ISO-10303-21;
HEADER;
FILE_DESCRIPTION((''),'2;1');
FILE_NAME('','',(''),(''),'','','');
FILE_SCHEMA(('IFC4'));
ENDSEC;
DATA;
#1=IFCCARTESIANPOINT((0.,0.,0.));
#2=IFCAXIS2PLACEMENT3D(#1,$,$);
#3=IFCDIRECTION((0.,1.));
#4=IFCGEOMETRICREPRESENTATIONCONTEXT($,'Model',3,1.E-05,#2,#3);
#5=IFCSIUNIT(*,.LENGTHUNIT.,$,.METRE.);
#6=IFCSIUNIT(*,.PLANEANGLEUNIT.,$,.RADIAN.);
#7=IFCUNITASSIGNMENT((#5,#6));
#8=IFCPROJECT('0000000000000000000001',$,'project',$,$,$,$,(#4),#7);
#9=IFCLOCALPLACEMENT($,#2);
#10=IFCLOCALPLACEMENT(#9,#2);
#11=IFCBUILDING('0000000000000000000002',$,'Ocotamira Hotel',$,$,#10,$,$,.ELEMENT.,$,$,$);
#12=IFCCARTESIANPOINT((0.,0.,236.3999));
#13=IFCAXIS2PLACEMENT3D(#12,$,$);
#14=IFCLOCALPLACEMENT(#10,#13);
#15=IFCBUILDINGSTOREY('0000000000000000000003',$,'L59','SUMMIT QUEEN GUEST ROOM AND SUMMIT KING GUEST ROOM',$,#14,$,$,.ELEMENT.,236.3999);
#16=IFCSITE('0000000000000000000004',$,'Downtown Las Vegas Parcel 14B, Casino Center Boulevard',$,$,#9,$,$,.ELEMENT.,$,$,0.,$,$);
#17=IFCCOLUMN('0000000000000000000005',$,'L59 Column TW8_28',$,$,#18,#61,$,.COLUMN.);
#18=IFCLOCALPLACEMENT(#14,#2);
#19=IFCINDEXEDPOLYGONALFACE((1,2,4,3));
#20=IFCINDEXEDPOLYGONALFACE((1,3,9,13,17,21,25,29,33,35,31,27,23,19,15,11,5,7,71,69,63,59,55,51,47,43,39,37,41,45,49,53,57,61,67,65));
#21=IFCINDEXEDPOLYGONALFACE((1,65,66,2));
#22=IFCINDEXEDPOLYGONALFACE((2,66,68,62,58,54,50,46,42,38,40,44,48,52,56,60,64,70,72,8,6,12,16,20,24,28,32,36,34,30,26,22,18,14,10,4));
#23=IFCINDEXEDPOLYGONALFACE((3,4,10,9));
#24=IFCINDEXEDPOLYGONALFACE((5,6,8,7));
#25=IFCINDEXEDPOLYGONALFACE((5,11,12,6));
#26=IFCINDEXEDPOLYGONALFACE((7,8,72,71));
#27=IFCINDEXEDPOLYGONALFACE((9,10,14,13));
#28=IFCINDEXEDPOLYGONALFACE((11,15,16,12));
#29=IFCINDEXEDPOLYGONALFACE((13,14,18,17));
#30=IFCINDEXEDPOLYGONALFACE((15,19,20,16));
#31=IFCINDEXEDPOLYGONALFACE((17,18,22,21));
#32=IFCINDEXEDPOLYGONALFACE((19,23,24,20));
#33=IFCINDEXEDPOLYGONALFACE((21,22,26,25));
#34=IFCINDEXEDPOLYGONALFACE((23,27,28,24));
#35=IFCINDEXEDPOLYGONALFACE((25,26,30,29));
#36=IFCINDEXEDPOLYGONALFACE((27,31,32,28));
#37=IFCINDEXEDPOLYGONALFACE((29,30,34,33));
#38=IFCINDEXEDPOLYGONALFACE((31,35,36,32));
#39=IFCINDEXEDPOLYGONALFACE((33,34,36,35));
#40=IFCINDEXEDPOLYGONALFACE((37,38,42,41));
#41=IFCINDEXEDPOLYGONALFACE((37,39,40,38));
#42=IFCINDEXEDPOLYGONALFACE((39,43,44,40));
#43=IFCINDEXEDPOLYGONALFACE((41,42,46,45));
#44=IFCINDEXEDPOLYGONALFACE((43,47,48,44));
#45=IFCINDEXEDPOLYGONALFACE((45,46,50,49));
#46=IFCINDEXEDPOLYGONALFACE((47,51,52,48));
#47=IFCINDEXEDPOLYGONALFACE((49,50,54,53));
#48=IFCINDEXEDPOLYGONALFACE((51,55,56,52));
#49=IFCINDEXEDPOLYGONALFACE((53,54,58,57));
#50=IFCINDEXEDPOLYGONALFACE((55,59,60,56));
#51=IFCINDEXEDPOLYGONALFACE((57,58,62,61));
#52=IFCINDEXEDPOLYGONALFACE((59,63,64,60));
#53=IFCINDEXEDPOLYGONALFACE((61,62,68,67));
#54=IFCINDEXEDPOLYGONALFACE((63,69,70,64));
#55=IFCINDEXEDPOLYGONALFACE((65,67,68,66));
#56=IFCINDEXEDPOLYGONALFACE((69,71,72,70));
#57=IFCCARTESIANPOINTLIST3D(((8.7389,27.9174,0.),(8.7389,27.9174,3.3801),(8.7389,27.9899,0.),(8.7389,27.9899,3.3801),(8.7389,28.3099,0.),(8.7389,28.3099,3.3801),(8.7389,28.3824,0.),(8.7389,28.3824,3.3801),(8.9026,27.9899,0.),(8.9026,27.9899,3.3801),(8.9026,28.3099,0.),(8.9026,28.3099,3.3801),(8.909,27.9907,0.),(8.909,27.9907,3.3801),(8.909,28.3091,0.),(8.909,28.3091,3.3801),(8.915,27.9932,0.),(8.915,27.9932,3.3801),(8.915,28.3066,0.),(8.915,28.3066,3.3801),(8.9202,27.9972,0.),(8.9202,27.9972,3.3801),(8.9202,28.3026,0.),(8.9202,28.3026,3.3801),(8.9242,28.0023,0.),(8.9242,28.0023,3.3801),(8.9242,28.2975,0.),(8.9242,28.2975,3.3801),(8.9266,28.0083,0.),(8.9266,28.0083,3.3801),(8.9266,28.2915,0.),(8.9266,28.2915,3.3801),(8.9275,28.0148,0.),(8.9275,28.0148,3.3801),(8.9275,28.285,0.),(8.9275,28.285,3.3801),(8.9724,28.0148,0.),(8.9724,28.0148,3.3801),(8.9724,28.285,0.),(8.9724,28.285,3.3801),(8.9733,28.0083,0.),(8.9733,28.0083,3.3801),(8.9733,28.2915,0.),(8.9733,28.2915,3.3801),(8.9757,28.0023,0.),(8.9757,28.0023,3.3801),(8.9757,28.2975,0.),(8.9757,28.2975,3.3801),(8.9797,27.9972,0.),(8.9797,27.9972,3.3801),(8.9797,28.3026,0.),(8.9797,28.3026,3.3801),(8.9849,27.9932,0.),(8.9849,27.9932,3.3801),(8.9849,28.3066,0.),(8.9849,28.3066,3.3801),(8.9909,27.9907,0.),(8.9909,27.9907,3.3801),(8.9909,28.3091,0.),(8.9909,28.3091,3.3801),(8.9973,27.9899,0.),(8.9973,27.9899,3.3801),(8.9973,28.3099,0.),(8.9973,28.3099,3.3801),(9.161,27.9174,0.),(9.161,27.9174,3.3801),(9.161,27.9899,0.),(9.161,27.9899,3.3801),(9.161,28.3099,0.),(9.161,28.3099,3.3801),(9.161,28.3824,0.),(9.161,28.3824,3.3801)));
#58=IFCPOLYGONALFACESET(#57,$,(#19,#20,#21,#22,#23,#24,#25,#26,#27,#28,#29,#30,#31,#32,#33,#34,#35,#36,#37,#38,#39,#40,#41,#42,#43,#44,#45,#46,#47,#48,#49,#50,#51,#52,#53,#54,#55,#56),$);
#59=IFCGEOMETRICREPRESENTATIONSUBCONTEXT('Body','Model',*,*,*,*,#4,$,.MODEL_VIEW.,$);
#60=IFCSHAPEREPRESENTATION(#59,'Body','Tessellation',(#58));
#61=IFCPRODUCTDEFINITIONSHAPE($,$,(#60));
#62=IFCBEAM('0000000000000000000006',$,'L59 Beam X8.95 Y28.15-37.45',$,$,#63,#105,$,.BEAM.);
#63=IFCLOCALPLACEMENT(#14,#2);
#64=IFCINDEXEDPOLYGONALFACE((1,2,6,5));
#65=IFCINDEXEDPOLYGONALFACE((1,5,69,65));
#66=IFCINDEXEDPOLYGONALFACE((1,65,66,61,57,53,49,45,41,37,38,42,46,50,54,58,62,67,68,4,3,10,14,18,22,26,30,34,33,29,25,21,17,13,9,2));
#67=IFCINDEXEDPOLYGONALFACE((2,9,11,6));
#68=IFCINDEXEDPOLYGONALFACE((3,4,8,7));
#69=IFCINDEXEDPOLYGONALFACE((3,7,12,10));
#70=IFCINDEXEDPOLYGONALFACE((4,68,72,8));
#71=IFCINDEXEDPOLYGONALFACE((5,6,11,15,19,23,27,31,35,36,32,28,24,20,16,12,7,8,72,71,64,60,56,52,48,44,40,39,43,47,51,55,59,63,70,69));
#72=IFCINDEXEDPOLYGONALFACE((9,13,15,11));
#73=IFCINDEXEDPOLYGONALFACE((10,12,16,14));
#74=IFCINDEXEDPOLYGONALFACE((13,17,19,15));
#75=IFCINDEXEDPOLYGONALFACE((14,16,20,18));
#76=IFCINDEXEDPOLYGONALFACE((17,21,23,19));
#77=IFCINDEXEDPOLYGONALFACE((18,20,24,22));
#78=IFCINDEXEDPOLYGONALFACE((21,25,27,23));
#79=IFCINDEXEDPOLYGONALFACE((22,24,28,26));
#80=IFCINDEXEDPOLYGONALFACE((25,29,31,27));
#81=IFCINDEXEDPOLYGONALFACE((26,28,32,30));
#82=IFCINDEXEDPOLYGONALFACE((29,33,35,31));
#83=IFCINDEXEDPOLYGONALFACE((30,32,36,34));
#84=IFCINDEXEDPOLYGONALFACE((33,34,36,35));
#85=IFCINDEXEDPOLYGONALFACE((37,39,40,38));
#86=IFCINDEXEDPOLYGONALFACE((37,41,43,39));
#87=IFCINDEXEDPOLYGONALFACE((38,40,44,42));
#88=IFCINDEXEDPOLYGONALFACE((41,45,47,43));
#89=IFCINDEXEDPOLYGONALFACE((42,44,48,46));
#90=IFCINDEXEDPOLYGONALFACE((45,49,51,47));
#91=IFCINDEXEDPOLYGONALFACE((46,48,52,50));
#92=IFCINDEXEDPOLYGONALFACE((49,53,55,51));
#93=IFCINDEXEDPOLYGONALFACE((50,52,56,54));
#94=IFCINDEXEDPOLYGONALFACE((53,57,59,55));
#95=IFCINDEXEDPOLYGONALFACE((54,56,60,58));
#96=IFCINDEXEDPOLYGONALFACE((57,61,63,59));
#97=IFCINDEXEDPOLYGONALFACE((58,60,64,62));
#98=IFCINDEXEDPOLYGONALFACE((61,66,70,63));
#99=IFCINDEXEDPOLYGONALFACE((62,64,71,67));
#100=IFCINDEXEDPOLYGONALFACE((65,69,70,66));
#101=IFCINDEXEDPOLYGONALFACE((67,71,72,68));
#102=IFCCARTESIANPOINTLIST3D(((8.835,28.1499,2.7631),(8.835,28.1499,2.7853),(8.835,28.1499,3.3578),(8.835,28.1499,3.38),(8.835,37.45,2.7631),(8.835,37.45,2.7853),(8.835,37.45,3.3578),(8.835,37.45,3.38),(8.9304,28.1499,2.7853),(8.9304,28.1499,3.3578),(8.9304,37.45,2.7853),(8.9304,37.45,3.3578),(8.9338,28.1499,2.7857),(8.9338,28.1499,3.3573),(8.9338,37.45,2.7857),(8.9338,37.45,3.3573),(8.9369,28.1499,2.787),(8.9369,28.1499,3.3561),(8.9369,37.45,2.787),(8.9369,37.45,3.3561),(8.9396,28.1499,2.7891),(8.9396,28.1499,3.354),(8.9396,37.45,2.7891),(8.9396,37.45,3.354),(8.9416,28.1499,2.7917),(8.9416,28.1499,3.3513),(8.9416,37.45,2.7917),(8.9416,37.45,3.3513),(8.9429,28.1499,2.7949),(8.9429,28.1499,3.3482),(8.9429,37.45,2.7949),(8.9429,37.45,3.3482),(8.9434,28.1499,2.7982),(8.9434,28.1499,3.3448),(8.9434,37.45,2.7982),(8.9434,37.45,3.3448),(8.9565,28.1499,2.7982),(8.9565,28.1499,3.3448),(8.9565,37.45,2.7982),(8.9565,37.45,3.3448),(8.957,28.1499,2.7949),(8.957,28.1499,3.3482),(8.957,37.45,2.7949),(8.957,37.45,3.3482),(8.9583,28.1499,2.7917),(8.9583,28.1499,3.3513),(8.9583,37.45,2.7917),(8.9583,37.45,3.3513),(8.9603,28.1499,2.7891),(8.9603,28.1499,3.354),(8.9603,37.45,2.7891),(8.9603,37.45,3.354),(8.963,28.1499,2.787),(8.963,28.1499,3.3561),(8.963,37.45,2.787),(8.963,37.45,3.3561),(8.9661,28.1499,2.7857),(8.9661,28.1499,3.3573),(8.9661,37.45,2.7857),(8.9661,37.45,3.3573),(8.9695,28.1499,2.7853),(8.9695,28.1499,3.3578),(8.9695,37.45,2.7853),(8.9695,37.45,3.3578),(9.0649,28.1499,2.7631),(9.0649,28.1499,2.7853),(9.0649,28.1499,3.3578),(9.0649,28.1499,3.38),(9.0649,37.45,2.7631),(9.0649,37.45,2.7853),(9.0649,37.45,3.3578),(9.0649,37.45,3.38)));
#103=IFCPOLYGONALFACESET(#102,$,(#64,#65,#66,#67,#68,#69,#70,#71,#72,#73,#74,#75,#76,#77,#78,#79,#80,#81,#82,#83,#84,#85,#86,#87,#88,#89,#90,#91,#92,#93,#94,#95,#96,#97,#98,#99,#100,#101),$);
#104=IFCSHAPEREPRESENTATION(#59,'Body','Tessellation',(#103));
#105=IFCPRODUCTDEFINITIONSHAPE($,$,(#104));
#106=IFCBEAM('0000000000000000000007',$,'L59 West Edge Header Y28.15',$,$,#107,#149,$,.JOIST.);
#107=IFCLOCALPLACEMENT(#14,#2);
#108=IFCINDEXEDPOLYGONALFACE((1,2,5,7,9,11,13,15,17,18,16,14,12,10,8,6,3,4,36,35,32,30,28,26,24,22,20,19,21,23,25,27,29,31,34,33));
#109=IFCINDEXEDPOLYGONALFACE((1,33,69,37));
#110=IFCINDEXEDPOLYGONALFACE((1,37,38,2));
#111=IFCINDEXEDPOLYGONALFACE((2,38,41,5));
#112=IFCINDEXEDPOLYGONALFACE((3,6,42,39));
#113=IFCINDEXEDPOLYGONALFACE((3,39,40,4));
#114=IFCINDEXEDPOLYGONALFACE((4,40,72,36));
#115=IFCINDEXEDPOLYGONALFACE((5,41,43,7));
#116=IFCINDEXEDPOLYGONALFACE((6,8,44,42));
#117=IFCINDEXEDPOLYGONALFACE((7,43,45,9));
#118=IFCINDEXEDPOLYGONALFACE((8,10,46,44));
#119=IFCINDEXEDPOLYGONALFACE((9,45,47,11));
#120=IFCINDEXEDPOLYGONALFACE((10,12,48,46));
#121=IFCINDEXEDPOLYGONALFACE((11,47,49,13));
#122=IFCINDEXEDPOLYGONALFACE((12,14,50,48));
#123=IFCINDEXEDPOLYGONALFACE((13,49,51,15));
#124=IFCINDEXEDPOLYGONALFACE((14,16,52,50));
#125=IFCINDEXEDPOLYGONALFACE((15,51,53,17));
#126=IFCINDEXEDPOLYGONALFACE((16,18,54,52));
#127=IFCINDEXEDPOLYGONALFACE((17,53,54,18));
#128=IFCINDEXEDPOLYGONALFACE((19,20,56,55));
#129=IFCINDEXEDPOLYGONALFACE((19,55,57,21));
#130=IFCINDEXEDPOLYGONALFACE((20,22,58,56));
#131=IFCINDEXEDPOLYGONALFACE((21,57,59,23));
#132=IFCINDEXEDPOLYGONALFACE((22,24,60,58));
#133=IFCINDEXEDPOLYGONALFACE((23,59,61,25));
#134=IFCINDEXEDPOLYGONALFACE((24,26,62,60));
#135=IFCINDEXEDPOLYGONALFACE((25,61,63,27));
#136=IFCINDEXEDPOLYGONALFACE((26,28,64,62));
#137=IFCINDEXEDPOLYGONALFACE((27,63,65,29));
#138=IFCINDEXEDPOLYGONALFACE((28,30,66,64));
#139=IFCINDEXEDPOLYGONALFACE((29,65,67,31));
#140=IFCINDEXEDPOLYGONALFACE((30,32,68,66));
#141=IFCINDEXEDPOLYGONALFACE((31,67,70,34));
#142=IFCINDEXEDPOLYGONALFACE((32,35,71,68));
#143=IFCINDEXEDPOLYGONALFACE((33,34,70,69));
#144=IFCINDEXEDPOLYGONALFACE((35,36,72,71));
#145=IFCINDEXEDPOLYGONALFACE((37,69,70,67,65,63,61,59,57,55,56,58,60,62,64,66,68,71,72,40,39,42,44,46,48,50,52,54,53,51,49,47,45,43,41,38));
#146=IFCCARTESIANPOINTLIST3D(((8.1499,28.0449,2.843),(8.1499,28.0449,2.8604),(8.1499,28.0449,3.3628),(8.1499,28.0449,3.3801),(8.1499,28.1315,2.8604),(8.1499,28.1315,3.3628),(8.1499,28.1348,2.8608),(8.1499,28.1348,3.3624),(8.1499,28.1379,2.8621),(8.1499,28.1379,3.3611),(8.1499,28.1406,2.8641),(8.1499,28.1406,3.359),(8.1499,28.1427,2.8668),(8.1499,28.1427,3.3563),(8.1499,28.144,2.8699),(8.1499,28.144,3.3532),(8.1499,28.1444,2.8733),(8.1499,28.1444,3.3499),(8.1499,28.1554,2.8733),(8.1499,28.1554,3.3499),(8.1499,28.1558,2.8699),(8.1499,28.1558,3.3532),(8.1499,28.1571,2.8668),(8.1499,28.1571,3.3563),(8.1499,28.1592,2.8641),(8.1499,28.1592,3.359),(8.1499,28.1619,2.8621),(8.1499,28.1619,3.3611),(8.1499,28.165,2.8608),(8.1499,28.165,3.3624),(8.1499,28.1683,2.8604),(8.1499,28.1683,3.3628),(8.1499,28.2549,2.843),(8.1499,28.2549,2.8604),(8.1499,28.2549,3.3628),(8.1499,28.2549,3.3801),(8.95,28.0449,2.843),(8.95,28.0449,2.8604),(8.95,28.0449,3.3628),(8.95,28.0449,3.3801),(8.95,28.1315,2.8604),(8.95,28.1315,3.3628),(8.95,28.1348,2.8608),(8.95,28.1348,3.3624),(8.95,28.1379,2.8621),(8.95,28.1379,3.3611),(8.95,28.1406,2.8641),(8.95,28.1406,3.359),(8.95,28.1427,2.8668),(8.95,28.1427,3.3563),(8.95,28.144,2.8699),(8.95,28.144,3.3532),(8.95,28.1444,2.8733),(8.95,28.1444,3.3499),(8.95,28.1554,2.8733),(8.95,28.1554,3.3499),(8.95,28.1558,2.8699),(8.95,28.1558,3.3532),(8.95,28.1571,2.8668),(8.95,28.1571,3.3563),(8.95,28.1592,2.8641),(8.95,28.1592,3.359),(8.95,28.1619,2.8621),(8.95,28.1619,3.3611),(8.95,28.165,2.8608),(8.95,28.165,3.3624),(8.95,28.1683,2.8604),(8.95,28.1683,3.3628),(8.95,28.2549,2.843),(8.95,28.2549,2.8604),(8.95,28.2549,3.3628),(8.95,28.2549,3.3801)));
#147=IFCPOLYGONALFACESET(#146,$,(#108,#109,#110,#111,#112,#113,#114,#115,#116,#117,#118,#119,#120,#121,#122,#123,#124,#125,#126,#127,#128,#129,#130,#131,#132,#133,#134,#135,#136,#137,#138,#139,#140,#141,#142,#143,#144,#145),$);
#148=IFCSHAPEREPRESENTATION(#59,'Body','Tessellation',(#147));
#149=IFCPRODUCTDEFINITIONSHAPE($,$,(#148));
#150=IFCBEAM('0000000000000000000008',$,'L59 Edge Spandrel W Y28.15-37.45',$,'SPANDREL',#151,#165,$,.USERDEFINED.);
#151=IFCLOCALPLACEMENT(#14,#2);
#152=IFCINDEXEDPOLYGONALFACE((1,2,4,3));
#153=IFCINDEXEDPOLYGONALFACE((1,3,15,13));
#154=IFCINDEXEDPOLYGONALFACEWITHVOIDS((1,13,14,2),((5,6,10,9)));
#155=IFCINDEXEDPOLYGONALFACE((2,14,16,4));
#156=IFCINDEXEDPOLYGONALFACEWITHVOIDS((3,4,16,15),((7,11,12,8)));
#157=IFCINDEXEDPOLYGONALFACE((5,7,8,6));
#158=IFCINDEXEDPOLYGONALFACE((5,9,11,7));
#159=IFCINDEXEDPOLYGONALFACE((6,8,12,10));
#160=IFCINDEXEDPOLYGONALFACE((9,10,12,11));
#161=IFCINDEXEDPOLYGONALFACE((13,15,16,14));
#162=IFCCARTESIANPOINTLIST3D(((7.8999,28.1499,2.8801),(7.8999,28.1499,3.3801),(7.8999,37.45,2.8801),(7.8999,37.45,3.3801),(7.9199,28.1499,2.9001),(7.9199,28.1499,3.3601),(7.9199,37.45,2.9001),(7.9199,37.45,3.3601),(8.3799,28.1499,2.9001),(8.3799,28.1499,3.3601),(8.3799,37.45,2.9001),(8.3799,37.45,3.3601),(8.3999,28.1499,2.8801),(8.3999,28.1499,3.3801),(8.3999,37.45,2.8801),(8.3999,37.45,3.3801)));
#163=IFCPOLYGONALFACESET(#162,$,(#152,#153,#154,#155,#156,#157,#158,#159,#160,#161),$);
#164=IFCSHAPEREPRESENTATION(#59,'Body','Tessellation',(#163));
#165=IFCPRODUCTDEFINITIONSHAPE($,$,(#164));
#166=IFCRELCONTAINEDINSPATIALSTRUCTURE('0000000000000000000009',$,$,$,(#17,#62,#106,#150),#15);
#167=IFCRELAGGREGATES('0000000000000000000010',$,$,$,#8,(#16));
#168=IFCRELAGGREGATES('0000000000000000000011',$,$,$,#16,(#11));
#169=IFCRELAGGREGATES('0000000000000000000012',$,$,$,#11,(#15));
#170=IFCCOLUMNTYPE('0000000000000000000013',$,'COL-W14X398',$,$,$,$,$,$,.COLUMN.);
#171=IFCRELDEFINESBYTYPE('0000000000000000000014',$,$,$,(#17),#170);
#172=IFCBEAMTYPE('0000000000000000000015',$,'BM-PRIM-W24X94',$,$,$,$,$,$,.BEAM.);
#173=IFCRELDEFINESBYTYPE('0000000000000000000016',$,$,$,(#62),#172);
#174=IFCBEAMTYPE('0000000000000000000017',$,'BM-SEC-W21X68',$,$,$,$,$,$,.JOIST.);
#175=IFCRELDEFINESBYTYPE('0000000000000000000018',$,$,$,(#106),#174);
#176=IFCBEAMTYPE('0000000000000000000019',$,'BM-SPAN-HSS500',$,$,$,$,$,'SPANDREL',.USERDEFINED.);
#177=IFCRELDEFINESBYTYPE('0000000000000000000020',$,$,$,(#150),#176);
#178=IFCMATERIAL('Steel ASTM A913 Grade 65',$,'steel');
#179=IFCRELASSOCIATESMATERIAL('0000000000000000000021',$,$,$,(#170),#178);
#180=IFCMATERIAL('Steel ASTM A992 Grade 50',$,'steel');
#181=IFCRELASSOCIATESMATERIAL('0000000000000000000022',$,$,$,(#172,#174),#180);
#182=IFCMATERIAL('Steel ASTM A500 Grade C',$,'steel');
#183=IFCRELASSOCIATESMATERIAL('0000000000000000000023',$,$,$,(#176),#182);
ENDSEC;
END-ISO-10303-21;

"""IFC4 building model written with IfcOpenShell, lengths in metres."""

from ifc_helpers import new_model, si_unit, direction, frame, origin, origin_2d, place, context, subcontext, project, spatial, hollow_rectangle, i_section, extrude, source, transform, mapped, material, material_profile, profile_set, type_object, element, save


model = new_model("IFC4")

# Units and contexts
model_context = context("Model", 3, precision=1e-05, world=origin(), true_north=direction((0.0, 1.0)))
body_context = subcontext(model_context, "Body", "Model", "MODEL_VIEW")
ifc_project = project(units=[si_unit("LENGTHUNIT", "METRE"), si_unit("PLANEANGLEUNIT", "RADIAN")], contexts=[model_context])

# Site, building, storey
site_placement = place(None, origin())
site = spatial("IfcSite", under=ifc_project, at=site_placement, Name="Downtown Las Vegas Parcel 14B, Casino Center Boulevard", CompositionType="ELEMENT", RefElevation=0.0)
building_placement = place(site_placement, origin())
building = spatial("IfcBuilding", under=site, at=building_placement, Name="Ocotamira Hotel", CompositionType="ELEMENT")
storey_placement = place(building_placement, frame((0.0, 0.0, 236.3999)))
storey = spatial("IfcBuildingStorey", under=building, at=storey_placement, Name="L59", Description="SUMMIT QUEEN GUEST ROOM AND SUMMIT KING GUEST ROOM", CompositionType="ELEMENT", Elevation=236.3999)

# Column
ifc_material_1 = material(Name="Steel ASTM A913 Grade 65", Category="steel")
ifc_material_profile_1 = material_profile(ifc_material_1, i_section(OverallWidth=0.4221, OverallDepth=0.4651, WebThickness=0.0449, FlangeThickness=0.0725, FilletRadius=0.0249, at=origin_2d()), Name="W14X398")
ifc_profile_set_1 = profile_set([ifc_material_profile_1], Name="Steel ASTM A913 Grade 65")
column_type = type_object("IfcColumnType", Name="COL-W14X398", PredefinedType="COLUMN", material=ifc_profile_set_1)
shared_shape_1 = source(origin(), body_context, "Body", "SweptSolid", [
    extrude(i_section(OverallWidth=0.4221, OverallDepth=0.4651, WebThickness=0.0449, FlangeThickness=0.0725, FilletRadius=0.0249, at=origin_2d()), origin(), (0.0, 0.0, 1.0), 3.3801),
])
column_placement = place(storey_placement, frame((8.95, 28.1499, 0.0), z_axis=(0.0, 0.0, 1.0), x_axis=(1.0, 0.0, 0.0)))
element("IfcColumn", 1, at=column_placement, inside=storey, type_object=column_type, Name="L59 Column TW8_28", PredefinedType="COLUMN", context=body_context, shape_type="MappedRepresentation", body=[
    mapped(shared_shape_1, transform((0.0, 0.0, 0.0), scale=1.0)),
])

# Beams
ifc_material_2 = material(Name="Steel ASTM A992 Grade 50", Category="steel")
ifc_material_profile_2 = material_profile(ifc_material_2, i_section(OverallWidth=0.23, OverallDepth=0.6169, WebThickness=0.0132, FlangeThickness=0.0222, FilletRadius=0.0129, at=origin_2d()), Name="W24X94")
ifc_profile_set_2 = profile_set([ifc_material_profile_2], Name="Steel ASTM A992 Grade 50")
beam_type_1 = type_object("IfcBeamType", Name="BM-PRIM-W24X94", PredefinedType="BEAM", material=ifc_profile_set_2)
shared_shape_2 = source(origin(), body_context, "Body", "SweptSolid", [
    extrude(i_section(OverallWidth=0.23, OverallDepth=0.6169, WebThickness=0.0132, FlangeThickness=0.0222, FilletRadius=0.0129, at=origin_2d()), origin(), (0.0, 0.0, 1.0), 9.3),
])
beam_1_placement = place(storey_placement, frame((8.95, 28.1499, 3.0715), z_axis=(0.0, 1.0, 0.0), x_axis=(-1.0, 0.0, 0.0)))
element("IfcBeam", 2, at=beam_1_placement, inside=storey, type_object=beam_type_1, Name="L59 Beam X8.95 Y28.15-37.45", PredefinedType="BEAM", context=body_context, shape_type="MappedRepresentation", body=[
    mapped(shared_shape_2, transform((0.0, 0.0, 0.0), scale=1.0)),
])
ifc_material_profile_3 = material_profile(ifc_material_2, i_section(OverallWidth=0.21, OverallDepth=0.5371, WebThickness=0.011, FlangeThickness=0.0173, FilletRadius=0.0129, at=origin_2d()), Name="W21X68")
ifc_profile_set_3 = profile_set([ifc_material_profile_3], Name="Steel ASTM A992 Grade 50")
beam_type_2 = type_object("IfcBeamType", Name="BM-SEC-W21X68", PredefinedType="JOIST", material=ifc_profile_set_3)
shared_shape_3 = source(origin(), body_context, "Body", "SweptSolid", [
    extrude(i_section(OverallWidth=0.21, OverallDepth=0.5371, WebThickness=0.011, FlangeThickness=0.0173, FilletRadius=0.0129, at=origin_2d()), origin(), (0.0, 0.0, 1.0), 0.8),
])
beam_2_placement = place(storey_placement, frame((8.95, 28.1499, 3.1116), z_axis=(-1.0, 0.0, 0.0), x_axis=(0.0, -1.0, 0.0)))
element("IfcBeam", 3, at=beam_2_placement, inside=storey, type_object=beam_type_2, Name="L59 West Edge Header Y28.15", PredefinedType="JOIST", context=body_context, shape_type="MappedRepresentation", body=[
    mapped(shared_shape_3, transform((0.0, 0.0, 0.0), scale=1.0)),
])
ifc_material_3 = material(Name="Steel ASTM A500 Grade C", Category="steel")
ifc_material_profile_4 = material_profile(ifc_material_3, hollow_rectangle(XDim=0.5, YDim=0.5, WallThickness=0.02, at=origin_2d()), Name="HSS500X500X20")
ifc_profile_set_4 = profile_set([ifc_material_profile_4], Name="Steel ASTM A500 Grade C")
beam_type_3 = type_object("IfcBeamType", Name="BM-SPAN-HSS500", ElementType="SPANDREL", PredefinedType="USERDEFINED", material=ifc_profile_set_4)
shared_shape_4 = source(origin(), body_context, "Body", "SweptSolid", [
    extrude(hollow_rectangle(XDim=0.5, YDim=0.5, WallThickness=0.02, at=origin_2d()), origin(), (0.0, 0.0, 1.0), 9.3),
])
beam_3_placement = place(storey_placement, frame((8.1499, 28.1499, 3.1301), z_axis=(0.0, 1.0, 0.0), x_axis=(-1.0, 0.0, 0.0)))
element("IfcBeam", 4, at=beam_3_placement, inside=storey, type_object=beam_type_3, Name="L59 Edge Spandrel W Y28.15-37.45", ObjectType="SPANDREL", PredefinedType="USERDEFINED", context=body_context, shape_type="MappedRepresentation", body=[
    mapped(shared_shape_4, transform((0.0, 0.0, 0.0), scale=1.0)),
])

save(model, "model.ifc")
